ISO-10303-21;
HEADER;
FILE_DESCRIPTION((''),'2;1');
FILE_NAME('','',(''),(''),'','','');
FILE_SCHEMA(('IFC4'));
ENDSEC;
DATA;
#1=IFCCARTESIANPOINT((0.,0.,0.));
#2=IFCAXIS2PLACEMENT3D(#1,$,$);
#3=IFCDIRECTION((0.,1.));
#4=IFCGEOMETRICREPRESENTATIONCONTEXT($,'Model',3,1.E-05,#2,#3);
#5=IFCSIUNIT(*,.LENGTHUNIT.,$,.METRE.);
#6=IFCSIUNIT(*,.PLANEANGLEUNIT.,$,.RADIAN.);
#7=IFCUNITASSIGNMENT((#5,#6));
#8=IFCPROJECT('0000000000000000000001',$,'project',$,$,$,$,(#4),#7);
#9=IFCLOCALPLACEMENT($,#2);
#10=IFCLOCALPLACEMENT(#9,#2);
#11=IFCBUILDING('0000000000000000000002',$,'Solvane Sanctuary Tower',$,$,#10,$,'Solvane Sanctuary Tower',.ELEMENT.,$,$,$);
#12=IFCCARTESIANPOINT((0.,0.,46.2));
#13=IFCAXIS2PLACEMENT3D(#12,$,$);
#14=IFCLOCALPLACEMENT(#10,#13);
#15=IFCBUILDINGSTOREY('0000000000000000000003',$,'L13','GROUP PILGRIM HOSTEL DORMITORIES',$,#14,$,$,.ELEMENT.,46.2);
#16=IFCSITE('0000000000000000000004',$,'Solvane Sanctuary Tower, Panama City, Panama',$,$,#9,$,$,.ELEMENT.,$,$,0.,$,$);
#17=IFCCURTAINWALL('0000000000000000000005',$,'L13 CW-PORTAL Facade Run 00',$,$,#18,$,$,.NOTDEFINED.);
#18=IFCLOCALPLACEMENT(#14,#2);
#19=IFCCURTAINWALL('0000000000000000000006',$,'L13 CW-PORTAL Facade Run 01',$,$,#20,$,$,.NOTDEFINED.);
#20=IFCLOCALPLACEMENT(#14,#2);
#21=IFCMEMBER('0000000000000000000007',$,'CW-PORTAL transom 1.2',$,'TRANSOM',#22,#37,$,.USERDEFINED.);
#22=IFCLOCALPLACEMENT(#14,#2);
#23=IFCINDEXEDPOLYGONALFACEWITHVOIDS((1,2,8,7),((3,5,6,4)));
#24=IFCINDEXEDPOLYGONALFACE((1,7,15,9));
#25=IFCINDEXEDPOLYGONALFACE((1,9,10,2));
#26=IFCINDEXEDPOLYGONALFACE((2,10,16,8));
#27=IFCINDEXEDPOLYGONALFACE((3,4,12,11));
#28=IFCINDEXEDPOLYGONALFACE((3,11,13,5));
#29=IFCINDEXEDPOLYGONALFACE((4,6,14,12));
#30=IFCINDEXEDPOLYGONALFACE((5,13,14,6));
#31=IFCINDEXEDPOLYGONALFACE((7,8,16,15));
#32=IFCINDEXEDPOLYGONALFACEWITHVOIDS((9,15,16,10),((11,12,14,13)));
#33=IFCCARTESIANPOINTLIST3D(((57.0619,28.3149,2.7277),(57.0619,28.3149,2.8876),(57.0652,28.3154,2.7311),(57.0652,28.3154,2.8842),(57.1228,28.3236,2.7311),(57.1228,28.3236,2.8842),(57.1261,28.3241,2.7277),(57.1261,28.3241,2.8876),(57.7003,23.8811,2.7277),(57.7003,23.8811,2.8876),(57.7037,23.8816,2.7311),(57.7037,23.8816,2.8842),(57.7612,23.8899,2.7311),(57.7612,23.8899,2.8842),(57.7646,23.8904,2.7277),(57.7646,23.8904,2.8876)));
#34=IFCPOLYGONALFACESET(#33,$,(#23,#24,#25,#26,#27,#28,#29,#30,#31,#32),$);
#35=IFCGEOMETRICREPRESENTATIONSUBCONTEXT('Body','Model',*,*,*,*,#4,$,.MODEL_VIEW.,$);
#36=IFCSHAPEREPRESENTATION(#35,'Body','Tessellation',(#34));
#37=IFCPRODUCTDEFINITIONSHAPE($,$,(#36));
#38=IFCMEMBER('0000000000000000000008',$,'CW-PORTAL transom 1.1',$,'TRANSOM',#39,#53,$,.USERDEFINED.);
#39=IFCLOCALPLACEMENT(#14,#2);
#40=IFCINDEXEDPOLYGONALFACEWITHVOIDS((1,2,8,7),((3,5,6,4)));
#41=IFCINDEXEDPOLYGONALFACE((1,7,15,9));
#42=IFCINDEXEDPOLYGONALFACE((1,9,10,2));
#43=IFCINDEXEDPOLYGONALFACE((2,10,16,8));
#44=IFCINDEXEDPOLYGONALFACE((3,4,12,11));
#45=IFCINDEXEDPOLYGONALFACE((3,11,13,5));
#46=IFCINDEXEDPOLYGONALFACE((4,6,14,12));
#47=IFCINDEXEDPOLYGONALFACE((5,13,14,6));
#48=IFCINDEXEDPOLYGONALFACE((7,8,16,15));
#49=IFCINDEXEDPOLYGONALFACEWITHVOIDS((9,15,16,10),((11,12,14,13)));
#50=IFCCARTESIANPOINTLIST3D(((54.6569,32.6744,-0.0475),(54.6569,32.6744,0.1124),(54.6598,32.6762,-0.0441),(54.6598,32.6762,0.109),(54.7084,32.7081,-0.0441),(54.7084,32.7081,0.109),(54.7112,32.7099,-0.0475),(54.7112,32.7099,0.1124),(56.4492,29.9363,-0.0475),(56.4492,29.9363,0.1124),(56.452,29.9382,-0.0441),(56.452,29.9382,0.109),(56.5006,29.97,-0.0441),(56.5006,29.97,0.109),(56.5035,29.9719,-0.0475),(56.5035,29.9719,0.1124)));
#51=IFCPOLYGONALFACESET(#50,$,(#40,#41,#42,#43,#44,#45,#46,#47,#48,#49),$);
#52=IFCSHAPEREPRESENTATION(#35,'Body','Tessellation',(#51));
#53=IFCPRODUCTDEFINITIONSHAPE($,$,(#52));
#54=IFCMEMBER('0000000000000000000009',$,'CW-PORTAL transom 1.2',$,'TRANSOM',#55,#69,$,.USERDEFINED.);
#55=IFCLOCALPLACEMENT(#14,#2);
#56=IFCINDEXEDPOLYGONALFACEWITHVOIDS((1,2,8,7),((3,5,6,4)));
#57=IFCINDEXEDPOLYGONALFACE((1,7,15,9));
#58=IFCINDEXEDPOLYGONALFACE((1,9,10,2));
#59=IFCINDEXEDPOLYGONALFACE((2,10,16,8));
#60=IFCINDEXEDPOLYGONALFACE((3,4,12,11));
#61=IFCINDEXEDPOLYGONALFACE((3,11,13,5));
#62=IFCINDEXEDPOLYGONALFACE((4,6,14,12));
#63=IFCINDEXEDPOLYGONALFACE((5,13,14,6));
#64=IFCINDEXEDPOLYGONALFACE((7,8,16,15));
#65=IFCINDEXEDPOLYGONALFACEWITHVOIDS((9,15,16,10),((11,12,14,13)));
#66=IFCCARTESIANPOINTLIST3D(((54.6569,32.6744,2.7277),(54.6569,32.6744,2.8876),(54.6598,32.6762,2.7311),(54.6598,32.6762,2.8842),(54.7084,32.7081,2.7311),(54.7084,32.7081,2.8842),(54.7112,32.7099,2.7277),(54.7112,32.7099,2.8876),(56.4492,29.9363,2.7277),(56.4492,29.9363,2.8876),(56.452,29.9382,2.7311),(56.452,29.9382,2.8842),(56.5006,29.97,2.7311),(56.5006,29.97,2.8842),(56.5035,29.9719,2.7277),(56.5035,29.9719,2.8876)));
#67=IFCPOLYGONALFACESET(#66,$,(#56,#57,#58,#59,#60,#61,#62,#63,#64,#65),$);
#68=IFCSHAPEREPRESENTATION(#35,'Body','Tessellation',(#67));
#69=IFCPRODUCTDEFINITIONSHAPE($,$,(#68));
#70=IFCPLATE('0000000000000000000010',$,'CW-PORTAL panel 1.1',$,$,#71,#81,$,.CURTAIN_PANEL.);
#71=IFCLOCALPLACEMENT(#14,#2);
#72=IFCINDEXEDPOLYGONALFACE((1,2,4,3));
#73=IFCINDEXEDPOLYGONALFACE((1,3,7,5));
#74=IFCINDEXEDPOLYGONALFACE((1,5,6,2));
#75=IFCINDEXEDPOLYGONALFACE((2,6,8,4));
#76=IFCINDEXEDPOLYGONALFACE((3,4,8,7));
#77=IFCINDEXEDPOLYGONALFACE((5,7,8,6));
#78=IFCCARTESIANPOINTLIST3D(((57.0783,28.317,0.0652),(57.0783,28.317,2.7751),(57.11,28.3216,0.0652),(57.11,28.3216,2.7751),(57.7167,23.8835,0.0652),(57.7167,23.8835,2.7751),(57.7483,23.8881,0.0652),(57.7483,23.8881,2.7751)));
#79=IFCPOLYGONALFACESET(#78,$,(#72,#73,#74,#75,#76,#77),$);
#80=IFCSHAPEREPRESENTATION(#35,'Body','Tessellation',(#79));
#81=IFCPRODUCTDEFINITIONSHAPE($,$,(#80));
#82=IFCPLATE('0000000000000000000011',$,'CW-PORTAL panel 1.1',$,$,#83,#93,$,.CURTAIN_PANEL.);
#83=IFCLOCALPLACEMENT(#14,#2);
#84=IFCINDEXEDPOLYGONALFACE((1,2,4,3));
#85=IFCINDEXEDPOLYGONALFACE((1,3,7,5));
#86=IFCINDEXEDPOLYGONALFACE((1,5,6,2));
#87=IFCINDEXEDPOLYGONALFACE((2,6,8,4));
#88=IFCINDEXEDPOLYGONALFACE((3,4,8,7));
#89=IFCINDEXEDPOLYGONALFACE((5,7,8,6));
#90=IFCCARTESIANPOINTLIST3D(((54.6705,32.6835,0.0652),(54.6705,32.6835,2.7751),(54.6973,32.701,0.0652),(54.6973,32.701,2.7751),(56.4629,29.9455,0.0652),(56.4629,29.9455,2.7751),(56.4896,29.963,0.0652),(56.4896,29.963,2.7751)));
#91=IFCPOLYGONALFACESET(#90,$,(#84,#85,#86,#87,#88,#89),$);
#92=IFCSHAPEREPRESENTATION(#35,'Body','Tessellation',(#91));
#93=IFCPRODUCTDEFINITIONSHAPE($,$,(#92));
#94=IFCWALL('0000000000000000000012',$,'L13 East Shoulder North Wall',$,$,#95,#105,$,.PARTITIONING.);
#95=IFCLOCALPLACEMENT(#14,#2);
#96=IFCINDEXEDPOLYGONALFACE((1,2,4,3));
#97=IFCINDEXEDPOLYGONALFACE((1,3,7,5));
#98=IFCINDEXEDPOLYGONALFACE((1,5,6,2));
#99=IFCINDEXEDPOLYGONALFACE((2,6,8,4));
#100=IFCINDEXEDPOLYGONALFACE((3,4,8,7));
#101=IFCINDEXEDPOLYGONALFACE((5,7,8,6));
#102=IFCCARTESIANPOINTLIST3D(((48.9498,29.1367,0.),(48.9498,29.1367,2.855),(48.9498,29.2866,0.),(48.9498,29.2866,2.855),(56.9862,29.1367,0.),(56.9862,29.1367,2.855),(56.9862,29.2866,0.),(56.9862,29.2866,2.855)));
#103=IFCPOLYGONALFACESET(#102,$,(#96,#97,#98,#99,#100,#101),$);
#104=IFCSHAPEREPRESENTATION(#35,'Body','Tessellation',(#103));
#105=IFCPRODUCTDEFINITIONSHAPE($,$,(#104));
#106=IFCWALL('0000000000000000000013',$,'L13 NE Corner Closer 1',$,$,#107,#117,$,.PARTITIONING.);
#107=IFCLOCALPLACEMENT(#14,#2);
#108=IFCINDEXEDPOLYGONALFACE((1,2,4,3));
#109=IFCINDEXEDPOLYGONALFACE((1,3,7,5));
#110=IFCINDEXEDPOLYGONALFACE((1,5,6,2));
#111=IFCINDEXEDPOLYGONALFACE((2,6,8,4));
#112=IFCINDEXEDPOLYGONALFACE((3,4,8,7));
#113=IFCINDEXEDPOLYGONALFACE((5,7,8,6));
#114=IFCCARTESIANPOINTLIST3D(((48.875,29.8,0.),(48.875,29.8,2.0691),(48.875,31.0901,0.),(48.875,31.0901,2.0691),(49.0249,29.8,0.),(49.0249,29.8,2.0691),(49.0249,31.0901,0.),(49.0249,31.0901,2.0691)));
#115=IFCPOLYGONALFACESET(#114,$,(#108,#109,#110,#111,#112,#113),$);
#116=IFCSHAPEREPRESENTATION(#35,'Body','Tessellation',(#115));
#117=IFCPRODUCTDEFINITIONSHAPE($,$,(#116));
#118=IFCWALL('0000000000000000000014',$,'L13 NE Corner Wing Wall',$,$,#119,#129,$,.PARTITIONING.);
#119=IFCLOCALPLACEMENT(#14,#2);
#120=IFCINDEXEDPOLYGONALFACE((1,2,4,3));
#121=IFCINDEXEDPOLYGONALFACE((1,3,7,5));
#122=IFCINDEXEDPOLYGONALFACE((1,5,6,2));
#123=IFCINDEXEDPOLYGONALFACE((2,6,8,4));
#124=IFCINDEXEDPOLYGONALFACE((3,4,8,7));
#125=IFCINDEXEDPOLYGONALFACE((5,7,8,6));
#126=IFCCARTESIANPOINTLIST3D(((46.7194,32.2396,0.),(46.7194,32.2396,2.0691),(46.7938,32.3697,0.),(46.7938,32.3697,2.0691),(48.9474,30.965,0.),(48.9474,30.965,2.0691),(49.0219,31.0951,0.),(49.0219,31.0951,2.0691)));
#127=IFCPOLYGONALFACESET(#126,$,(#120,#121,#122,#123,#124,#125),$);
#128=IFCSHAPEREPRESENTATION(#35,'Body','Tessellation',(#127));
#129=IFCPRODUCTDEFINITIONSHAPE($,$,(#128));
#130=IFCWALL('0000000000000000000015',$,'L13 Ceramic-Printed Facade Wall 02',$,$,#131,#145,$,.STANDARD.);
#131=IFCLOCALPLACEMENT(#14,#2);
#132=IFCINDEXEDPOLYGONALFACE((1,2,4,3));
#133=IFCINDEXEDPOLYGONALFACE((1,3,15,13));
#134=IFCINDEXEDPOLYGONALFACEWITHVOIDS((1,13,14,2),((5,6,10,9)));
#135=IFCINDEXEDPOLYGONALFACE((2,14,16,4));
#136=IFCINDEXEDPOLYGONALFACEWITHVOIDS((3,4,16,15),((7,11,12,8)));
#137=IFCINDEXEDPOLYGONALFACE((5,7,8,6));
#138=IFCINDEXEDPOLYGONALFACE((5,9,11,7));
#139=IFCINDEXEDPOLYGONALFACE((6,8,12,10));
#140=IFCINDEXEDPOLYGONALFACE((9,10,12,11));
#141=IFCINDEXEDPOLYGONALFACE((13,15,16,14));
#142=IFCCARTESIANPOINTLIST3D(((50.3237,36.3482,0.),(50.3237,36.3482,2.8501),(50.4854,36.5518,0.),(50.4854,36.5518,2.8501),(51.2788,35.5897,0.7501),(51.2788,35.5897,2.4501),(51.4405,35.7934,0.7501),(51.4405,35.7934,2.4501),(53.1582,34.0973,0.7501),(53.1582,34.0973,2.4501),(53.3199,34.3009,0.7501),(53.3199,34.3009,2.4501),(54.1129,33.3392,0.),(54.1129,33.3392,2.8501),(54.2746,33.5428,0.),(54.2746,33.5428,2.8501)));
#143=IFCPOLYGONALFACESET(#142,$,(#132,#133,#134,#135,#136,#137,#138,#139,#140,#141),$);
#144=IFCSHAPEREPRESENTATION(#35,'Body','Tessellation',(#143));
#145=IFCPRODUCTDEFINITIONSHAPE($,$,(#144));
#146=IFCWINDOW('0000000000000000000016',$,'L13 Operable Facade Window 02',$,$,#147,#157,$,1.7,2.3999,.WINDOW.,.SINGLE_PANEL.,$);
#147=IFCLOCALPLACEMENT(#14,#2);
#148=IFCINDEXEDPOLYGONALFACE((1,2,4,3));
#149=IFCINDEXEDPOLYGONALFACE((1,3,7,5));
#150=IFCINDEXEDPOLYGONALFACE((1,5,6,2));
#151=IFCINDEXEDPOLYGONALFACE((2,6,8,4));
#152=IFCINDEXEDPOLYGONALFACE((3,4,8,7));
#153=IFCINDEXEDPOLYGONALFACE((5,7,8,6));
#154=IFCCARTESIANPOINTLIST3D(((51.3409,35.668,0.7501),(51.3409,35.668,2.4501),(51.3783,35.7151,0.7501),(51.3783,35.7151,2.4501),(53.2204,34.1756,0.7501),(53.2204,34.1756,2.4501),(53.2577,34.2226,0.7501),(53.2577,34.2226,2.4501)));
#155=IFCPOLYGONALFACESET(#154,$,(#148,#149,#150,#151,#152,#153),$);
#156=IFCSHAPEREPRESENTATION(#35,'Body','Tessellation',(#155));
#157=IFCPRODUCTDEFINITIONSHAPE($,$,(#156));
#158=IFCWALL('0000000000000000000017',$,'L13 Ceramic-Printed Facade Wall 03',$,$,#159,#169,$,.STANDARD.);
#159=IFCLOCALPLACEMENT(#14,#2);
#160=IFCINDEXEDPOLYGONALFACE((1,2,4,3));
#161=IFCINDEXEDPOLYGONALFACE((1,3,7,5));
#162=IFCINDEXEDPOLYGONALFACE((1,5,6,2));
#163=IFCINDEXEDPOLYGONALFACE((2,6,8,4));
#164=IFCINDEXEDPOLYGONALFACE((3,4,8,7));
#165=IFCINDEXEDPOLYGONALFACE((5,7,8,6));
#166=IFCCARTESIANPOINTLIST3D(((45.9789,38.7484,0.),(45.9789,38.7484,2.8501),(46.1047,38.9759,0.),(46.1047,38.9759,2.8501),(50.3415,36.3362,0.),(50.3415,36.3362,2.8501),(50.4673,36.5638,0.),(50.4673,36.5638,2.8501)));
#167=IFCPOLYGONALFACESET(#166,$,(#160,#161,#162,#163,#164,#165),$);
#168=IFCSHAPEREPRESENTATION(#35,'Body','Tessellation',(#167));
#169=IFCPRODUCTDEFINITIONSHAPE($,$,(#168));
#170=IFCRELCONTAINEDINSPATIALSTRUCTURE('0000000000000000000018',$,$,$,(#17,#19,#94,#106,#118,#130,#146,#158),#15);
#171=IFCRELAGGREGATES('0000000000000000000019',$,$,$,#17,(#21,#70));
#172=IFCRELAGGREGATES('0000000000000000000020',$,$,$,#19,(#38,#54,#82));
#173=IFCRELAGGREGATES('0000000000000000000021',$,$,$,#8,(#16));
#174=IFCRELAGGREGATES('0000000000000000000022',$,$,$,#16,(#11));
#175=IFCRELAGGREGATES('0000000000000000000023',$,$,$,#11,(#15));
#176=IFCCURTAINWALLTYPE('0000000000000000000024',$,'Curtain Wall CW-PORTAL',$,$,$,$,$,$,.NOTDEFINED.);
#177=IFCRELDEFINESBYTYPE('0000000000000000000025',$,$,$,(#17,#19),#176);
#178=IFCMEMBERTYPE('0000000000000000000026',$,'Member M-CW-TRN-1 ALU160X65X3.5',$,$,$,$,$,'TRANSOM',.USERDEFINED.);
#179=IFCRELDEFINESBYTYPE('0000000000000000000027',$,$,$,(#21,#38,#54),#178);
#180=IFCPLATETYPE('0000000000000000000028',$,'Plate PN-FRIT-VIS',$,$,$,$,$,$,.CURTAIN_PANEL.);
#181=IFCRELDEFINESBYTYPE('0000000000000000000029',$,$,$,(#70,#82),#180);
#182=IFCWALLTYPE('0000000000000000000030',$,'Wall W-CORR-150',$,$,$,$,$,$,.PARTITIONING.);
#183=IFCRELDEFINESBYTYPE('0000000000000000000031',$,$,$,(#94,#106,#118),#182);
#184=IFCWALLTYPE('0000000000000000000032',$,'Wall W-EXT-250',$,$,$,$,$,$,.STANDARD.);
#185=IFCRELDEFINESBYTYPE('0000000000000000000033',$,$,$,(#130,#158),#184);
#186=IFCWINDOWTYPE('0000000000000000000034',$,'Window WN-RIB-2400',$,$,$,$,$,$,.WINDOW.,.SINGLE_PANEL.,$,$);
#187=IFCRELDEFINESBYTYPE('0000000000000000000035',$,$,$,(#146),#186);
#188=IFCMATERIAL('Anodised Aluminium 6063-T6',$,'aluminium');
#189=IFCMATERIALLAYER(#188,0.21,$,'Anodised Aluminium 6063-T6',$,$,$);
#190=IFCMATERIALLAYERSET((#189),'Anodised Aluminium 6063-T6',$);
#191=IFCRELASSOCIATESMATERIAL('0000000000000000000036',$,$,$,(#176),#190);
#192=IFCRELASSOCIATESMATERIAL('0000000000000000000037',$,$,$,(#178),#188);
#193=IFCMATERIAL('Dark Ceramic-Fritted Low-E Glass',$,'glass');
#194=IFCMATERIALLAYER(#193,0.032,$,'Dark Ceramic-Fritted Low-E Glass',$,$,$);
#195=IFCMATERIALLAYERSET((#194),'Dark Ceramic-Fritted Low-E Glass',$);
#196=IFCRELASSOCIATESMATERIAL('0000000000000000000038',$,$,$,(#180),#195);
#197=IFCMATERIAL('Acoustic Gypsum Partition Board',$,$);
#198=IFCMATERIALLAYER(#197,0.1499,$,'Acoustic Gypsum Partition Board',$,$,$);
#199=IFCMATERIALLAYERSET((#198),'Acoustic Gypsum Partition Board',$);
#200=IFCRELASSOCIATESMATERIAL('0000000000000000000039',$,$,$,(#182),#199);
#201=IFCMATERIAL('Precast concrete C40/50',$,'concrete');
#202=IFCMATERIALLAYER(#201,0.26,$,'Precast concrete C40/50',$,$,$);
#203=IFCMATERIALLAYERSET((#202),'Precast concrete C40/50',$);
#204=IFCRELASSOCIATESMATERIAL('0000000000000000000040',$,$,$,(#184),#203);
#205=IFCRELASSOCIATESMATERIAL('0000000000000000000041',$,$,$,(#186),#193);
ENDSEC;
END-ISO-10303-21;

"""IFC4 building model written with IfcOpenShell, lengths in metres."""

from ifc_helpers import new_model, si_unit, direction, frame, frame_2d, origin, origin_2d, place, context, subcontext, project, spatial, rectangle, hollow_rectangle, extrude, material, layer, layer_set, material_profile, profile_set, type_object, element, fill, aggregate, save


model = new_model("IFC4")

# Units and contexts
model_context = context("Model", 3, precision=1e-05, world=origin(), true_north=direction((0.0, 1.0)))
body_context = subcontext(model_context, "Body", "Model", "MODEL_VIEW")
ifc_project = project(units=[si_unit("LENGTHUNIT", "METRE"), si_unit("PLANEANGLEUNIT", "RADIAN")], contexts=[model_context])

# Site, building, storey
site_placement = place(None, origin())
site = spatial("IfcSite", under=ifc_project, at=site_placement, Name="Solvane Sanctuary Tower, Panama City, Panama", CompositionType="ELEMENT", RefElevation=0.0)
building_placement = place(site_placement, origin())
building = spatial("IfcBuilding", under=site, at=building_placement, Name="Solvane Sanctuary Tower", LongName="Solvane Sanctuary Tower", CompositionType="ELEMENT")
storey_placement = place(building_placement, frame((0.0, 0.0, 46.2)))
storey = spatial("IfcBuildingStorey", under=building, at=storey_placement, Name="L13", Description="GROUP PILGRIM HOSTEL DORMITORIES", CompositionType="ELEMENT", Elevation=46.2)

# Curtain walls
ifc_material_1 = material(Name="Anodised Aluminium 6063-T6", Category="aluminium")
ifc_layer_1 = layer(ifc_material_1, 0.21, Name="Anodised Aluminium 6063-T6")
ifc_layer_set_1 = layer_set([ifc_layer_1], Name="Anodised Aluminium 6063-T6")
curtain_wall_type = type_object("IfcCurtainWallType", Name="Curtain Wall CW-PORTAL", PredefinedType="NOTDEFINED", material=ifc_layer_set_1)
curtain_wall_1_placement = place(storey_placement, origin())
curtain_wall_1 = element("IfcCurtainWall", 1, at=curtain_wall_1_placement, inside=storey, type_object=curtain_wall_type, Name="L13 CW-PORTAL Facade Run 00", PredefinedType="NOTDEFINED")
curtain_wall_2_placement = place(storey_placement, origin())
curtain_wall_2 = element("IfcCurtainWall", 2, at=curtain_wall_2_placement, inside=storey, type_object=curtain_wall_type, Name="L13 CW-PORTAL Facade Run 01", PredefinedType="NOTDEFINED")

# Members
ifc_material_profile_1 = material_profile(ifc_material_1, hollow_rectangle(XDim=0.0649, YDim=0.1599, WallThickness=0.0034, at=origin_2d()), Name="ALU160X65X3.5")
ifc_profile_set_1 = profile_set([ifc_material_profile_1], Name="Anodised Aluminium 6063-T6")
member_type_1 = type_object("IfcMemberType", Name="Member M-CW-TRN-1 ALU160X65X3.5", ElementType="TRANSOM", PredefinedType="USERDEFINED", material=ifc_profile_set_1)
member_1_placement = place(storey_placement, frame((57.7324, 23.8857, 2.8076), z_axis=(-0.14252, 0.989792, 0.0), x_axis=(-0.989792, -0.14252, 0.0)))
member_1 = element("IfcMember", 3, at=member_1_placement, type_object=member_type_1, Name="CW-PORTAL transom 1.2", ObjectType="TRANSOM", PredefinedType="USERDEFINED", context=body_context, shape_type="SweptSolid", body=[
    extrude(hollow_rectangle(XDim=0.0649, YDim=0.1599, WallThickness=0.0034, at=origin_2d()), origin(), (0.0, 0.0, 1.0), 4.4795),
])
member_2_placement = place(storey_placement, frame((56.4763, 29.9541, 0.0325), z_axis=(-0.547673, 0.836692, 0.0), x_axis=(-0.836692, -0.547673, 0.0)))
member_2 = element("IfcMember", 4, at=member_2_placement, type_object=member_type_1, Name="CW-PORTAL transom 1.1", ObjectType="TRANSOM", PredefinedType="USERDEFINED", context=body_context, shape_type="SweptSolid", body=[
    extrude(hollow_rectangle(XDim=0.0649, YDim=0.1599, WallThickness=0.0034, at=origin_2d()), origin(), (0.0, 0.0, 1.0), 3.2725),
])
member_3_placement = place(storey_placement, frame((56.4763, 29.9541, 2.8076), z_axis=(-0.547673, 0.836692, 0.0), x_axis=(-0.836692, -0.547673, 0.0)))
member_3 = element("IfcMember", 5, at=member_3_placement, type_object=member_type_1, Name="CW-PORTAL transom 1.2", ObjectType="TRANSOM", PredefinedType="USERDEFINED", context=body_context, shape_type="SweptSolid", body=[
    extrude(hollow_rectangle(XDim=0.0649, YDim=0.1599, WallThickness=0.0034, at=origin_2d()), origin(), (0.0, 0.0, 1.0), 3.2725),
])

# Plates
ifc_material_2 = material(Name="Dark Ceramic-Fritted Low-E Glass", Category="glass")
ifc_layer_2 = layer(ifc_material_2, 0.032, Name="Dark Ceramic-Fritted Low-E Glass")
ifc_layer_set_2 = layer_set([ifc_layer_2], Name="Dark Ceramic-Fritted Low-E Glass")
plate_type = type_object("IfcPlateType", Name="Plate PN-FRIT-VIS", PredefinedType="CURTAIN_PANEL", material=ifc_layer_set_2)
plate_1_placement = place(storey_placement, frame((57.4133, 26.1025, 0.0652), z_axis=(0.0, 0.0, 1.0), x_axis=(-0.142504, 0.989794, 0.0)))
plate_1 = element("IfcPlate", 6, at=plate_1_placement, type_object=plate_type, Name="CW-PORTAL panel 1.1", PredefinedType="CURTAIN_PANEL", context=body_context, shape_type="SweptSolid", body=[
    extrude(rectangle(XDim=4.4792, YDim=0.032, at=origin_2d()), origin(), (0.0, 0.0, 1.0), 2.71),
])
aggregate(curtain_wall_1, [member_1, plate_1])
plate_2_placement = place(storey_placement, frame((55.5801, 31.3232, 0.0652), z_axis=(0.0, 0.0, 1.0), x_axis=(-0.547702, 0.836674, 0.0)))
plate_2 = element("IfcPlate", 7, at=plate_2_placement, type_object=plate_type, Name="CW-PORTAL panel 1.1", PredefinedType="CURTAIN_PANEL", context=body_context, shape_type="SweptSolid", body=[
    extrude(rectangle(XDim=3.2725, YDim=0.032, at=origin_2d()), origin(), (0.0, 0.0, 1.0), 2.71),
])
aggregate(curtain_wall_2, [member_2, member_3, plate_2])

# Walls
ifc_material_3 = material(Name="Acoustic Gypsum Partition Board")
ifc_layer_3 = layer(ifc_material_3, 0.1499, Name="Acoustic Gypsum Partition Board")
ifc_layer_set_3 = layer_set([ifc_layer_3], Name="Acoustic Gypsum Partition Board")
wall_type_1 = type_object("IfcWallType", Name="Wall W-CORR-150", PredefinedType="PARTITIONING", material=ifc_layer_set_3)
wall_1_placement = place(storey_placement, frame((48.95, 29.2117, 0.0), z_axis=(0.0, 0.0, 1.0), x_axis=(1.0, 0.0, 0.0)))
element("IfcWall", 8, at=wall_1_placement, inside=storey, type_object=wall_type_1, Name="L13 East Shoulder North Wall", PredefinedType="PARTITIONING", context=body_context, shape_type="SweptSolid", body=[
    extrude(rectangle(XDim=8.0364, YDim=0.1499, at=frame_2d((4.0181, 0.0))), origin(), (0.0, 0.0, 1.0), 2.855),
])
wall_2_placement = place(storey_placement, frame((48.95, 29.8, 0.0), z_axis=(0.0, 0.0, 1.0), x_axis=(0.0, 1.0, 0.0)))
element("IfcWall", 9, at=wall_2_placement, inside=storey, type_object=wall_type_1, Name="L13 NE Corner Closer 1", PredefinedType="PARTITIONING", context=body_context, shape_type="SweptSolid", body=[
    extrude(rectangle(XDim=1.29, YDim=0.1499, at=frame_2d((0.645, 0.0))), origin(), (0.0, 0.0, 1.0), 2.0691),
])
wall_3_placement = place(storey_placement, frame((46.7566, 32.3047, 0.0), z_axis=(0.0, 0.0, 1.0), x_axis=(0.867991, -0.496579, 0.0)))
element("IfcWall", 10, at=wall_3_placement, inside=storey, type_object=wall_type_1, Name="L13 NE Corner Wing Wall", PredefinedType="PARTITIONING", context=body_context, shape_type="SweptSolid", body=[
    extrude(rectangle(XDim=2.5669, YDim=0.1499, at=frame_2d((1.2834, 0.0))), origin(), (0.0, 0.0, 1.0), 2.0691),
])

# Wall, opening, window
ifc_material_4 = material(Name="Precast concrete C40/50", Category="concrete")
ifc_layer_4 = layer(ifc_material_4, 0.26, Name="Precast concrete C40/50")
ifc_layer_set_4 = layer_set([ifc_layer_4], Name="Precast concrete C40/50")
wall_type_2 = type_object("IfcWallType", Name="Wall W-EXT-250", PredefinedType="STANDARD", material=ifc_layer_set_4)
wall_4_placement = place(storey_placement, frame((54.1938, 33.4409, 0.0), z_axis=(0.0, 0.0, 1.0), x_axis=(-0.783123, 0.621867, 0.0)))
wall_4 = element("IfcWall", 11, at=wall_4_placement, inside=storey, type_object=wall_type_2, Name="L13 Ceramic-Printed Facade Wall 02", PredefinedType="STANDARD", context=body_context, shape_type="SweptSolid", body=[
    extrude(rectangle(XDim=4.8386, YDim=0.26, at=frame_2d((2.4194, 0.0))), origin(), (0.0, 0.0, 1.0), 2.8501),
])
opening_placement = place(wall_4_placement, frame((1.2192, 0.0, 0.75)))
opening = element("IfcOpeningElement", 12, at=opening_placement, cuts=wall_4, PredefinedType="OPENING", context=body_context, shape_type="SweptSolid", body=[
    extrude(rectangle(XDim=2.3999, YDim=1.7, at=frame_2d((1.2, 0.8501))), frame((0.0, 0.1399, 0.0), z_axis=(0.0, -1.0, 0.0), x_axis=(1.0, 0.0, 0.0)), (0.0, 0.0, 1.0), 0.28),
])
window_type = type_object("IfcWindowType", Name="Window WN-RIB-2400", PartitioningType="SINGLE_PANEL", PredefinedType="WINDOW", material=ifc_material_2)
window_placement = place(opening_placement, origin())
window = element("IfcWindow", 13, at=window_placement, inside=storey, type_object=window_type, Name="L13 Operable Facade Window 02", OverallHeight=1.7, OverallWidth=2.3999, PartitioningType="SINGLE_PANEL", PredefinedType="WINDOW", context=body_context, shape_type="SweptSolid", body=[
    extrude(rectangle(XDim=2.3999, YDim=1.7, at=frame_2d((1.2, 0.8501))), frame((0.0, 0.03, 0.0), z_axis=(0.0, -1.0, 0.0), x_axis=(1.0, 0.0, 0.0)), (0.0, 0.0, 1.0), 0.0601),
])
fill(opening, window)

# Wall
wall_5_placement = place(storey_placement, frame((50.4045, 36.45, 0.0), z_axis=(0.0, 0.0, 1.0), x_axis=(-0.875137, 0.483875, 0.0)))
element("IfcWall", 14, at=wall_5_placement, inside=storey, type_object=wall_type_2, Name="L13 Ceramic-Printed Facade Wall 03", PredefinedType="STANDARD", context=body_context, shape_type="SweptSolid", body=[
    extrude(rectangle(XDim=4.9851, YDim=0.26, at=frame_2d((2.4927, 0.0))), origin(), (0.0, 0.0, 1.0), 2.8501),
])

save(model, "model.ifc")
